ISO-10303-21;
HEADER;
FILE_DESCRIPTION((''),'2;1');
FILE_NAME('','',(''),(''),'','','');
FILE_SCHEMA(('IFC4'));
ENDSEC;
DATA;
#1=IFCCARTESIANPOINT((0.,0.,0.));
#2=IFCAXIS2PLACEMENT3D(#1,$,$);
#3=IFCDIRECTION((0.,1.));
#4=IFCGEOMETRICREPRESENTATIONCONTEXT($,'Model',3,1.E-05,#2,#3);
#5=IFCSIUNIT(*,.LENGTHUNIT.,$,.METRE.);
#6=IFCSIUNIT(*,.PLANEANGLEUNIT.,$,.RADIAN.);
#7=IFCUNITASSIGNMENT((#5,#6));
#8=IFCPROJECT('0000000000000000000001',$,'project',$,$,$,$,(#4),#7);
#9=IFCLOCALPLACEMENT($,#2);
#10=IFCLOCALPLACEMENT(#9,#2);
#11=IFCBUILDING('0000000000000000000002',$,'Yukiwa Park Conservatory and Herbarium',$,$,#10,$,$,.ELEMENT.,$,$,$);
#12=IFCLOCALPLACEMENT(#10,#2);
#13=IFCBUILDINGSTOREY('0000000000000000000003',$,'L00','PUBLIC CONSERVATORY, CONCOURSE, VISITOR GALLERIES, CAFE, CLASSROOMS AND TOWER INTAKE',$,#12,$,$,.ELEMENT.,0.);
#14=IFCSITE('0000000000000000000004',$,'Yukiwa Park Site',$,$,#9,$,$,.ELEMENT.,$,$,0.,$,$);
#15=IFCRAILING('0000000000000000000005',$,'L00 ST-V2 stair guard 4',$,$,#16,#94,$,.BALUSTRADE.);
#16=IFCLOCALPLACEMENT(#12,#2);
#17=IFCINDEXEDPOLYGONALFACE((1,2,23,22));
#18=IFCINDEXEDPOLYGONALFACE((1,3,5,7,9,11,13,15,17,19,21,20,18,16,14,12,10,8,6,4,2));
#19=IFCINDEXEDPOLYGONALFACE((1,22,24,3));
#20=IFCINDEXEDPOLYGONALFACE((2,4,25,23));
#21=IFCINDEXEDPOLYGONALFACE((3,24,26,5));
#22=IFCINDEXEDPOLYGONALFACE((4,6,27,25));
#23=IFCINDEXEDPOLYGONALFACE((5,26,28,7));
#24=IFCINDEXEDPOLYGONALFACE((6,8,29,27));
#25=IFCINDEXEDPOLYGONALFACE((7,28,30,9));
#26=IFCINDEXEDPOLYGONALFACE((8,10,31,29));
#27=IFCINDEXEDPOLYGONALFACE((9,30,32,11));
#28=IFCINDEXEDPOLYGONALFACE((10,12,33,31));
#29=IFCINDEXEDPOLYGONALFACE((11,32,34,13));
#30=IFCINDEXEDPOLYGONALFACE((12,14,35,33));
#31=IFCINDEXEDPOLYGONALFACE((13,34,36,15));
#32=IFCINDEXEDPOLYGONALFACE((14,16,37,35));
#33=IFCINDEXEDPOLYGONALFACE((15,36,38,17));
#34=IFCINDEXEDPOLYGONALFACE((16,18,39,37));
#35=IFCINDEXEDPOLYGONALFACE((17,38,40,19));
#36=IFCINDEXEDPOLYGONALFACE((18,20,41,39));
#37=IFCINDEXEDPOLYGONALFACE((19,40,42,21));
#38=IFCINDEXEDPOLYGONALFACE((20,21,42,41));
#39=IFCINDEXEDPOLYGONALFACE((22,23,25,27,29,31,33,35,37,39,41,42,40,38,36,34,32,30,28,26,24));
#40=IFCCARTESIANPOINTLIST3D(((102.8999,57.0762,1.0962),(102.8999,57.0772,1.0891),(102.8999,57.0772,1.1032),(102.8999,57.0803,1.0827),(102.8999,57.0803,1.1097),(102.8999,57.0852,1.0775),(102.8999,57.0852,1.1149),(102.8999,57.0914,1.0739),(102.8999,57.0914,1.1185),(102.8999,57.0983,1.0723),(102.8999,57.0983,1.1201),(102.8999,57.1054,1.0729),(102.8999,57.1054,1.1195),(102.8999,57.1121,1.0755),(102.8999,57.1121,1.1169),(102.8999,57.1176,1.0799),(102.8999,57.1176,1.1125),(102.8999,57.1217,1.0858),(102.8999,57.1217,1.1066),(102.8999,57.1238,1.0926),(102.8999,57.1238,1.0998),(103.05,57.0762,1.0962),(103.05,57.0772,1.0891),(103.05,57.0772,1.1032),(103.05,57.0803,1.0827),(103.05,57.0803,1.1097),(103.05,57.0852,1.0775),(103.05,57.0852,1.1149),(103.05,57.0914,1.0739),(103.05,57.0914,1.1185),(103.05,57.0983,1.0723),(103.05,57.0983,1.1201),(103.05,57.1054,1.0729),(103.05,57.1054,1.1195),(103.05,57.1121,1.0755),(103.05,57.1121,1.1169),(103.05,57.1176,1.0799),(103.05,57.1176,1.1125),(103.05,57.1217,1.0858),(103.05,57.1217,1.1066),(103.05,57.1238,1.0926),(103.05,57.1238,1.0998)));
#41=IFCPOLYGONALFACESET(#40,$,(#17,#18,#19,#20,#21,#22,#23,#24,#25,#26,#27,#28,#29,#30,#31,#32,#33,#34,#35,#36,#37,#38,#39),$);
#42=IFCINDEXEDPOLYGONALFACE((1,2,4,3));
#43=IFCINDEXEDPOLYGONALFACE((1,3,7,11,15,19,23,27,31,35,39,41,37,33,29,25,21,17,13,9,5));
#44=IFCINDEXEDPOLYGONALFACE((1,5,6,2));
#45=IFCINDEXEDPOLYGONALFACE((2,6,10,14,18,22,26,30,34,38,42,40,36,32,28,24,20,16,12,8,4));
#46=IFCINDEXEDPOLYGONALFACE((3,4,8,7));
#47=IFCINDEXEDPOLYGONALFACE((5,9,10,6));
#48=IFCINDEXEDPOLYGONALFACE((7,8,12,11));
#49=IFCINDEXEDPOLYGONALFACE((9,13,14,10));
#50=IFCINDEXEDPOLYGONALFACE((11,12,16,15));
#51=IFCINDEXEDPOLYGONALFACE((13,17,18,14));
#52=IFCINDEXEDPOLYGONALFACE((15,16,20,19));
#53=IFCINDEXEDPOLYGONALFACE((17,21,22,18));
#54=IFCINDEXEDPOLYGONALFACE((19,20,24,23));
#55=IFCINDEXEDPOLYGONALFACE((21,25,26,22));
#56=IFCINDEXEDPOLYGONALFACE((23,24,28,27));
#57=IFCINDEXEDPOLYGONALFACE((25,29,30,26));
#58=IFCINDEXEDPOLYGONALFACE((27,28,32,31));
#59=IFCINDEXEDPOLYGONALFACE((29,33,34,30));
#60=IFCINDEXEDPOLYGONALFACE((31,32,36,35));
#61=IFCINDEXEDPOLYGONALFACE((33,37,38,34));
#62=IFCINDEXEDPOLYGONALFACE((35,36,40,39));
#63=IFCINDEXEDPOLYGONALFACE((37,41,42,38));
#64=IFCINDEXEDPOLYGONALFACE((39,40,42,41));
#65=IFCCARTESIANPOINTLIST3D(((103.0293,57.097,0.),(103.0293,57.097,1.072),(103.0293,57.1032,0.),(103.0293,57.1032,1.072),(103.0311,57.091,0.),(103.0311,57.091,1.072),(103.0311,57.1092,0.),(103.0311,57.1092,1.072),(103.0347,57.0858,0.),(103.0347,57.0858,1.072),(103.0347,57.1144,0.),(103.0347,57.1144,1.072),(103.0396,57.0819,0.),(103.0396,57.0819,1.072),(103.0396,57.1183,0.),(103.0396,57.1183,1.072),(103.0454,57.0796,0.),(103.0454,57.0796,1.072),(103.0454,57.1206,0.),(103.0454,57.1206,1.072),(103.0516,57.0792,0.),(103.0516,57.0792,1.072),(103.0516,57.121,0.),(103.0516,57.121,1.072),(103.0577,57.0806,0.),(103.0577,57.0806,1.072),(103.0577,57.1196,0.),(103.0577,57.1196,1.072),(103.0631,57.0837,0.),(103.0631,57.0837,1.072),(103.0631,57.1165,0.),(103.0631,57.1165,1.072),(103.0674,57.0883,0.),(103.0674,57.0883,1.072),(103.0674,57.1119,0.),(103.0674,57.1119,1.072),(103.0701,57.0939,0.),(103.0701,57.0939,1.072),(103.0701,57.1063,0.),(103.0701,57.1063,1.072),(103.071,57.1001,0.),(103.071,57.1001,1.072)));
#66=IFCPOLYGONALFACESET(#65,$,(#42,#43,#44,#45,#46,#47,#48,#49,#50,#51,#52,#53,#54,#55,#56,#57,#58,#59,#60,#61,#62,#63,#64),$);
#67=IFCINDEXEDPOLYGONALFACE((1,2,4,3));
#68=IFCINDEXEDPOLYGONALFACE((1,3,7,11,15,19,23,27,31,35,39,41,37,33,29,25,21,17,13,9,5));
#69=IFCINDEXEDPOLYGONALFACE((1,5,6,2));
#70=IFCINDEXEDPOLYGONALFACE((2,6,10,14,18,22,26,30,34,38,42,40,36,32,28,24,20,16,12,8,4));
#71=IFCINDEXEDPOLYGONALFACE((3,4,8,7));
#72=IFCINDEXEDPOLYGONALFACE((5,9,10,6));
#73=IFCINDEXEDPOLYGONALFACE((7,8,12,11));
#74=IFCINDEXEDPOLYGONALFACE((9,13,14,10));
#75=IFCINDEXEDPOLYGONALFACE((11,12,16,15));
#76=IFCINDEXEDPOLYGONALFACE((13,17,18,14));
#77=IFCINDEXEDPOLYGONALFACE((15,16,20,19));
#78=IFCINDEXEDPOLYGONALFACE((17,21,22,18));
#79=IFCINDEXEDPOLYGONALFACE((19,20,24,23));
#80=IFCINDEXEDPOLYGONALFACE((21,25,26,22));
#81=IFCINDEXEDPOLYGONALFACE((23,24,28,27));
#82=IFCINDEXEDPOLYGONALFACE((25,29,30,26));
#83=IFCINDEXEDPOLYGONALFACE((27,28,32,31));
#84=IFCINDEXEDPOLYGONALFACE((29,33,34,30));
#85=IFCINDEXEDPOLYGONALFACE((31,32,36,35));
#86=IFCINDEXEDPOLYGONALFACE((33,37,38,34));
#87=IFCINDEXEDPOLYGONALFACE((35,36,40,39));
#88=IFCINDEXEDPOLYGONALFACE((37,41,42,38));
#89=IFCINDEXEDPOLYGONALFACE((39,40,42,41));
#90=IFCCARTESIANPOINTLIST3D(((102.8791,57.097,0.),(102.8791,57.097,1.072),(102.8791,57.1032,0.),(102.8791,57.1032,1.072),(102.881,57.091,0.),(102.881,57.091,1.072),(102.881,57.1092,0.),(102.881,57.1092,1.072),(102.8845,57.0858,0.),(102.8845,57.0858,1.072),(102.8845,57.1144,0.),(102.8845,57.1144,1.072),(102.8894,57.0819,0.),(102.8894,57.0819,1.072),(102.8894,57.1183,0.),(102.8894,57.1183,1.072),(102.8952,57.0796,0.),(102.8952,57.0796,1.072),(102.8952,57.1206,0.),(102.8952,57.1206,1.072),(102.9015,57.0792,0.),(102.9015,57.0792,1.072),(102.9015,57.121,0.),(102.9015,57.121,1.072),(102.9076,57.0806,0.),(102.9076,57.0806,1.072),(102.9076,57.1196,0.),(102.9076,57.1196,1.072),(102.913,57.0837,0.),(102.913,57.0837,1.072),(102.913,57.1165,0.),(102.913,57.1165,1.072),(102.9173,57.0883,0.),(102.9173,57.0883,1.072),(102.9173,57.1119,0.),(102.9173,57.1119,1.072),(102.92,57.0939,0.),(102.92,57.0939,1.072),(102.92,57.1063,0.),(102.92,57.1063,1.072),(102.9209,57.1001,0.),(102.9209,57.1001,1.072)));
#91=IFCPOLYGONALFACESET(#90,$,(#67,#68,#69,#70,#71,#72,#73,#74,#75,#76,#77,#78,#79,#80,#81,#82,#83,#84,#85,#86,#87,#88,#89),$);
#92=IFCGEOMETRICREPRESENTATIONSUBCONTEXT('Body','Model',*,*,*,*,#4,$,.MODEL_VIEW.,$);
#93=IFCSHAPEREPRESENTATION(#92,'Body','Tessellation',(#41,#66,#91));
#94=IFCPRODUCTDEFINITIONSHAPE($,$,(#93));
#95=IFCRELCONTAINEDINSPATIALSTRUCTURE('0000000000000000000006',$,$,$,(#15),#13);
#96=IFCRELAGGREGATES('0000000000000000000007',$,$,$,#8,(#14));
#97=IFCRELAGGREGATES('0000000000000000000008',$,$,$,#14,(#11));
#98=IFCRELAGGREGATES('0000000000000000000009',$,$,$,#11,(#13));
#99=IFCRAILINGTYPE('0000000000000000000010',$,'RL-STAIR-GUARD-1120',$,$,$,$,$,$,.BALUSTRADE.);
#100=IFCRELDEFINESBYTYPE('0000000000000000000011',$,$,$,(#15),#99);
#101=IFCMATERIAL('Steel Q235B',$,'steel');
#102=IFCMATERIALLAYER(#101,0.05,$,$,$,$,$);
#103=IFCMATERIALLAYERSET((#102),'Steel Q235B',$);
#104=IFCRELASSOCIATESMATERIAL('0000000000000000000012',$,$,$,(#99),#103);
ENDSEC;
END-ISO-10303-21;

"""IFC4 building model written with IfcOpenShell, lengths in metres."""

from ifc_helpers import new_model, si_unit, direction, frame, origin, origin_2d, place, context, subcontext, project, spatial, circle, extrude, material, layer, layer_set, type_object, element, save


model = new_model("IFC4")

# Units and contexts
model_context = context("Model", 3, precision=1e-05, world=origin(), true_north=direction((0.0, 1.0)))
body_context = subcontext(model_context, "Body", "Model", "MODEL_VIEW")
ifc_project = project(units=[si_unit("LENGTHUNIT", "METRE"), si_unit("PLANEANGLEUNIT", "RADIAN")], contexts=[model_context])

# Site, building, storey
site_placement = place(None, origin())
site = spatial("IfcSite", under=ifc_project, at=site_placement, Name="Yukiwa Park Site", CompositionType="ELEMENT", RefElevation=0.0)
building_placement = place(site_placement, origin())
building = spatial("IfcBuilding", under=site, at=building_placement, Name="Yukiwa Park Conservatory and Herbarium", CompositionType="ELEMENT")
storey_placement = place(building_placement, origin())
storey = spatial("IfcBuildingStorey", under=building, at=storey_placement, Name="L00", Description="PUBLIC CONSERVATORY, CONCOURSE, VISITOR GALLERIES, CAFE, CLASSROOMS AND TOWER INTAKE", CompositionType="ELEMENT", Elevation=0.0)

# Railing
ifc_material_1 = material(Name="Steel Q235B", Category="steel")
ifc_layer_1 = layer(ifc_material_1, 0.05)
ifc_layer_set_1 = layer_set([ifc_layer_1], Name="Steel Q235B")
railing_type_1 = type_object("IfcRailingType", Name="RL-STAIR-GUARD-1120", PredefinedType="BALUSTRADE", material=ifc_layer_set_1)
railing_1_placement = place(storey_placement, frame((103.05, 57.1001, 0.0)))
element("IfcRailing", 1, at=railing_1_placement, inside=storey, type_object=railing_type_1, Name="L00 ST-V2 stair guard 4", PredefinedType="BALUSTRADE", context=body_context, shape_type="SweptSolid", body=[
    extrude(circle(Radius=0.0239, at=origin_2d()), frame((0.0, 0.0, 1.0962), z_axis=(-1.0, 0.0, 0.0), x_axis=(0.0, -1.0, 0.0)), (0.0, 0.0, 1.0), 0.1501),
    extrude(circle(Radius=0.021, at=origin_2d()), origin(), (0.0, 0.0, 1.0), 1.072),
    extrude(circle(Radius=0.021, at=origin_2d()), frame((-0.1501, 0.0, 0.0)), (0.0, 0.0, 1.0), 1.072),
])

save(model, "model.ifc")
